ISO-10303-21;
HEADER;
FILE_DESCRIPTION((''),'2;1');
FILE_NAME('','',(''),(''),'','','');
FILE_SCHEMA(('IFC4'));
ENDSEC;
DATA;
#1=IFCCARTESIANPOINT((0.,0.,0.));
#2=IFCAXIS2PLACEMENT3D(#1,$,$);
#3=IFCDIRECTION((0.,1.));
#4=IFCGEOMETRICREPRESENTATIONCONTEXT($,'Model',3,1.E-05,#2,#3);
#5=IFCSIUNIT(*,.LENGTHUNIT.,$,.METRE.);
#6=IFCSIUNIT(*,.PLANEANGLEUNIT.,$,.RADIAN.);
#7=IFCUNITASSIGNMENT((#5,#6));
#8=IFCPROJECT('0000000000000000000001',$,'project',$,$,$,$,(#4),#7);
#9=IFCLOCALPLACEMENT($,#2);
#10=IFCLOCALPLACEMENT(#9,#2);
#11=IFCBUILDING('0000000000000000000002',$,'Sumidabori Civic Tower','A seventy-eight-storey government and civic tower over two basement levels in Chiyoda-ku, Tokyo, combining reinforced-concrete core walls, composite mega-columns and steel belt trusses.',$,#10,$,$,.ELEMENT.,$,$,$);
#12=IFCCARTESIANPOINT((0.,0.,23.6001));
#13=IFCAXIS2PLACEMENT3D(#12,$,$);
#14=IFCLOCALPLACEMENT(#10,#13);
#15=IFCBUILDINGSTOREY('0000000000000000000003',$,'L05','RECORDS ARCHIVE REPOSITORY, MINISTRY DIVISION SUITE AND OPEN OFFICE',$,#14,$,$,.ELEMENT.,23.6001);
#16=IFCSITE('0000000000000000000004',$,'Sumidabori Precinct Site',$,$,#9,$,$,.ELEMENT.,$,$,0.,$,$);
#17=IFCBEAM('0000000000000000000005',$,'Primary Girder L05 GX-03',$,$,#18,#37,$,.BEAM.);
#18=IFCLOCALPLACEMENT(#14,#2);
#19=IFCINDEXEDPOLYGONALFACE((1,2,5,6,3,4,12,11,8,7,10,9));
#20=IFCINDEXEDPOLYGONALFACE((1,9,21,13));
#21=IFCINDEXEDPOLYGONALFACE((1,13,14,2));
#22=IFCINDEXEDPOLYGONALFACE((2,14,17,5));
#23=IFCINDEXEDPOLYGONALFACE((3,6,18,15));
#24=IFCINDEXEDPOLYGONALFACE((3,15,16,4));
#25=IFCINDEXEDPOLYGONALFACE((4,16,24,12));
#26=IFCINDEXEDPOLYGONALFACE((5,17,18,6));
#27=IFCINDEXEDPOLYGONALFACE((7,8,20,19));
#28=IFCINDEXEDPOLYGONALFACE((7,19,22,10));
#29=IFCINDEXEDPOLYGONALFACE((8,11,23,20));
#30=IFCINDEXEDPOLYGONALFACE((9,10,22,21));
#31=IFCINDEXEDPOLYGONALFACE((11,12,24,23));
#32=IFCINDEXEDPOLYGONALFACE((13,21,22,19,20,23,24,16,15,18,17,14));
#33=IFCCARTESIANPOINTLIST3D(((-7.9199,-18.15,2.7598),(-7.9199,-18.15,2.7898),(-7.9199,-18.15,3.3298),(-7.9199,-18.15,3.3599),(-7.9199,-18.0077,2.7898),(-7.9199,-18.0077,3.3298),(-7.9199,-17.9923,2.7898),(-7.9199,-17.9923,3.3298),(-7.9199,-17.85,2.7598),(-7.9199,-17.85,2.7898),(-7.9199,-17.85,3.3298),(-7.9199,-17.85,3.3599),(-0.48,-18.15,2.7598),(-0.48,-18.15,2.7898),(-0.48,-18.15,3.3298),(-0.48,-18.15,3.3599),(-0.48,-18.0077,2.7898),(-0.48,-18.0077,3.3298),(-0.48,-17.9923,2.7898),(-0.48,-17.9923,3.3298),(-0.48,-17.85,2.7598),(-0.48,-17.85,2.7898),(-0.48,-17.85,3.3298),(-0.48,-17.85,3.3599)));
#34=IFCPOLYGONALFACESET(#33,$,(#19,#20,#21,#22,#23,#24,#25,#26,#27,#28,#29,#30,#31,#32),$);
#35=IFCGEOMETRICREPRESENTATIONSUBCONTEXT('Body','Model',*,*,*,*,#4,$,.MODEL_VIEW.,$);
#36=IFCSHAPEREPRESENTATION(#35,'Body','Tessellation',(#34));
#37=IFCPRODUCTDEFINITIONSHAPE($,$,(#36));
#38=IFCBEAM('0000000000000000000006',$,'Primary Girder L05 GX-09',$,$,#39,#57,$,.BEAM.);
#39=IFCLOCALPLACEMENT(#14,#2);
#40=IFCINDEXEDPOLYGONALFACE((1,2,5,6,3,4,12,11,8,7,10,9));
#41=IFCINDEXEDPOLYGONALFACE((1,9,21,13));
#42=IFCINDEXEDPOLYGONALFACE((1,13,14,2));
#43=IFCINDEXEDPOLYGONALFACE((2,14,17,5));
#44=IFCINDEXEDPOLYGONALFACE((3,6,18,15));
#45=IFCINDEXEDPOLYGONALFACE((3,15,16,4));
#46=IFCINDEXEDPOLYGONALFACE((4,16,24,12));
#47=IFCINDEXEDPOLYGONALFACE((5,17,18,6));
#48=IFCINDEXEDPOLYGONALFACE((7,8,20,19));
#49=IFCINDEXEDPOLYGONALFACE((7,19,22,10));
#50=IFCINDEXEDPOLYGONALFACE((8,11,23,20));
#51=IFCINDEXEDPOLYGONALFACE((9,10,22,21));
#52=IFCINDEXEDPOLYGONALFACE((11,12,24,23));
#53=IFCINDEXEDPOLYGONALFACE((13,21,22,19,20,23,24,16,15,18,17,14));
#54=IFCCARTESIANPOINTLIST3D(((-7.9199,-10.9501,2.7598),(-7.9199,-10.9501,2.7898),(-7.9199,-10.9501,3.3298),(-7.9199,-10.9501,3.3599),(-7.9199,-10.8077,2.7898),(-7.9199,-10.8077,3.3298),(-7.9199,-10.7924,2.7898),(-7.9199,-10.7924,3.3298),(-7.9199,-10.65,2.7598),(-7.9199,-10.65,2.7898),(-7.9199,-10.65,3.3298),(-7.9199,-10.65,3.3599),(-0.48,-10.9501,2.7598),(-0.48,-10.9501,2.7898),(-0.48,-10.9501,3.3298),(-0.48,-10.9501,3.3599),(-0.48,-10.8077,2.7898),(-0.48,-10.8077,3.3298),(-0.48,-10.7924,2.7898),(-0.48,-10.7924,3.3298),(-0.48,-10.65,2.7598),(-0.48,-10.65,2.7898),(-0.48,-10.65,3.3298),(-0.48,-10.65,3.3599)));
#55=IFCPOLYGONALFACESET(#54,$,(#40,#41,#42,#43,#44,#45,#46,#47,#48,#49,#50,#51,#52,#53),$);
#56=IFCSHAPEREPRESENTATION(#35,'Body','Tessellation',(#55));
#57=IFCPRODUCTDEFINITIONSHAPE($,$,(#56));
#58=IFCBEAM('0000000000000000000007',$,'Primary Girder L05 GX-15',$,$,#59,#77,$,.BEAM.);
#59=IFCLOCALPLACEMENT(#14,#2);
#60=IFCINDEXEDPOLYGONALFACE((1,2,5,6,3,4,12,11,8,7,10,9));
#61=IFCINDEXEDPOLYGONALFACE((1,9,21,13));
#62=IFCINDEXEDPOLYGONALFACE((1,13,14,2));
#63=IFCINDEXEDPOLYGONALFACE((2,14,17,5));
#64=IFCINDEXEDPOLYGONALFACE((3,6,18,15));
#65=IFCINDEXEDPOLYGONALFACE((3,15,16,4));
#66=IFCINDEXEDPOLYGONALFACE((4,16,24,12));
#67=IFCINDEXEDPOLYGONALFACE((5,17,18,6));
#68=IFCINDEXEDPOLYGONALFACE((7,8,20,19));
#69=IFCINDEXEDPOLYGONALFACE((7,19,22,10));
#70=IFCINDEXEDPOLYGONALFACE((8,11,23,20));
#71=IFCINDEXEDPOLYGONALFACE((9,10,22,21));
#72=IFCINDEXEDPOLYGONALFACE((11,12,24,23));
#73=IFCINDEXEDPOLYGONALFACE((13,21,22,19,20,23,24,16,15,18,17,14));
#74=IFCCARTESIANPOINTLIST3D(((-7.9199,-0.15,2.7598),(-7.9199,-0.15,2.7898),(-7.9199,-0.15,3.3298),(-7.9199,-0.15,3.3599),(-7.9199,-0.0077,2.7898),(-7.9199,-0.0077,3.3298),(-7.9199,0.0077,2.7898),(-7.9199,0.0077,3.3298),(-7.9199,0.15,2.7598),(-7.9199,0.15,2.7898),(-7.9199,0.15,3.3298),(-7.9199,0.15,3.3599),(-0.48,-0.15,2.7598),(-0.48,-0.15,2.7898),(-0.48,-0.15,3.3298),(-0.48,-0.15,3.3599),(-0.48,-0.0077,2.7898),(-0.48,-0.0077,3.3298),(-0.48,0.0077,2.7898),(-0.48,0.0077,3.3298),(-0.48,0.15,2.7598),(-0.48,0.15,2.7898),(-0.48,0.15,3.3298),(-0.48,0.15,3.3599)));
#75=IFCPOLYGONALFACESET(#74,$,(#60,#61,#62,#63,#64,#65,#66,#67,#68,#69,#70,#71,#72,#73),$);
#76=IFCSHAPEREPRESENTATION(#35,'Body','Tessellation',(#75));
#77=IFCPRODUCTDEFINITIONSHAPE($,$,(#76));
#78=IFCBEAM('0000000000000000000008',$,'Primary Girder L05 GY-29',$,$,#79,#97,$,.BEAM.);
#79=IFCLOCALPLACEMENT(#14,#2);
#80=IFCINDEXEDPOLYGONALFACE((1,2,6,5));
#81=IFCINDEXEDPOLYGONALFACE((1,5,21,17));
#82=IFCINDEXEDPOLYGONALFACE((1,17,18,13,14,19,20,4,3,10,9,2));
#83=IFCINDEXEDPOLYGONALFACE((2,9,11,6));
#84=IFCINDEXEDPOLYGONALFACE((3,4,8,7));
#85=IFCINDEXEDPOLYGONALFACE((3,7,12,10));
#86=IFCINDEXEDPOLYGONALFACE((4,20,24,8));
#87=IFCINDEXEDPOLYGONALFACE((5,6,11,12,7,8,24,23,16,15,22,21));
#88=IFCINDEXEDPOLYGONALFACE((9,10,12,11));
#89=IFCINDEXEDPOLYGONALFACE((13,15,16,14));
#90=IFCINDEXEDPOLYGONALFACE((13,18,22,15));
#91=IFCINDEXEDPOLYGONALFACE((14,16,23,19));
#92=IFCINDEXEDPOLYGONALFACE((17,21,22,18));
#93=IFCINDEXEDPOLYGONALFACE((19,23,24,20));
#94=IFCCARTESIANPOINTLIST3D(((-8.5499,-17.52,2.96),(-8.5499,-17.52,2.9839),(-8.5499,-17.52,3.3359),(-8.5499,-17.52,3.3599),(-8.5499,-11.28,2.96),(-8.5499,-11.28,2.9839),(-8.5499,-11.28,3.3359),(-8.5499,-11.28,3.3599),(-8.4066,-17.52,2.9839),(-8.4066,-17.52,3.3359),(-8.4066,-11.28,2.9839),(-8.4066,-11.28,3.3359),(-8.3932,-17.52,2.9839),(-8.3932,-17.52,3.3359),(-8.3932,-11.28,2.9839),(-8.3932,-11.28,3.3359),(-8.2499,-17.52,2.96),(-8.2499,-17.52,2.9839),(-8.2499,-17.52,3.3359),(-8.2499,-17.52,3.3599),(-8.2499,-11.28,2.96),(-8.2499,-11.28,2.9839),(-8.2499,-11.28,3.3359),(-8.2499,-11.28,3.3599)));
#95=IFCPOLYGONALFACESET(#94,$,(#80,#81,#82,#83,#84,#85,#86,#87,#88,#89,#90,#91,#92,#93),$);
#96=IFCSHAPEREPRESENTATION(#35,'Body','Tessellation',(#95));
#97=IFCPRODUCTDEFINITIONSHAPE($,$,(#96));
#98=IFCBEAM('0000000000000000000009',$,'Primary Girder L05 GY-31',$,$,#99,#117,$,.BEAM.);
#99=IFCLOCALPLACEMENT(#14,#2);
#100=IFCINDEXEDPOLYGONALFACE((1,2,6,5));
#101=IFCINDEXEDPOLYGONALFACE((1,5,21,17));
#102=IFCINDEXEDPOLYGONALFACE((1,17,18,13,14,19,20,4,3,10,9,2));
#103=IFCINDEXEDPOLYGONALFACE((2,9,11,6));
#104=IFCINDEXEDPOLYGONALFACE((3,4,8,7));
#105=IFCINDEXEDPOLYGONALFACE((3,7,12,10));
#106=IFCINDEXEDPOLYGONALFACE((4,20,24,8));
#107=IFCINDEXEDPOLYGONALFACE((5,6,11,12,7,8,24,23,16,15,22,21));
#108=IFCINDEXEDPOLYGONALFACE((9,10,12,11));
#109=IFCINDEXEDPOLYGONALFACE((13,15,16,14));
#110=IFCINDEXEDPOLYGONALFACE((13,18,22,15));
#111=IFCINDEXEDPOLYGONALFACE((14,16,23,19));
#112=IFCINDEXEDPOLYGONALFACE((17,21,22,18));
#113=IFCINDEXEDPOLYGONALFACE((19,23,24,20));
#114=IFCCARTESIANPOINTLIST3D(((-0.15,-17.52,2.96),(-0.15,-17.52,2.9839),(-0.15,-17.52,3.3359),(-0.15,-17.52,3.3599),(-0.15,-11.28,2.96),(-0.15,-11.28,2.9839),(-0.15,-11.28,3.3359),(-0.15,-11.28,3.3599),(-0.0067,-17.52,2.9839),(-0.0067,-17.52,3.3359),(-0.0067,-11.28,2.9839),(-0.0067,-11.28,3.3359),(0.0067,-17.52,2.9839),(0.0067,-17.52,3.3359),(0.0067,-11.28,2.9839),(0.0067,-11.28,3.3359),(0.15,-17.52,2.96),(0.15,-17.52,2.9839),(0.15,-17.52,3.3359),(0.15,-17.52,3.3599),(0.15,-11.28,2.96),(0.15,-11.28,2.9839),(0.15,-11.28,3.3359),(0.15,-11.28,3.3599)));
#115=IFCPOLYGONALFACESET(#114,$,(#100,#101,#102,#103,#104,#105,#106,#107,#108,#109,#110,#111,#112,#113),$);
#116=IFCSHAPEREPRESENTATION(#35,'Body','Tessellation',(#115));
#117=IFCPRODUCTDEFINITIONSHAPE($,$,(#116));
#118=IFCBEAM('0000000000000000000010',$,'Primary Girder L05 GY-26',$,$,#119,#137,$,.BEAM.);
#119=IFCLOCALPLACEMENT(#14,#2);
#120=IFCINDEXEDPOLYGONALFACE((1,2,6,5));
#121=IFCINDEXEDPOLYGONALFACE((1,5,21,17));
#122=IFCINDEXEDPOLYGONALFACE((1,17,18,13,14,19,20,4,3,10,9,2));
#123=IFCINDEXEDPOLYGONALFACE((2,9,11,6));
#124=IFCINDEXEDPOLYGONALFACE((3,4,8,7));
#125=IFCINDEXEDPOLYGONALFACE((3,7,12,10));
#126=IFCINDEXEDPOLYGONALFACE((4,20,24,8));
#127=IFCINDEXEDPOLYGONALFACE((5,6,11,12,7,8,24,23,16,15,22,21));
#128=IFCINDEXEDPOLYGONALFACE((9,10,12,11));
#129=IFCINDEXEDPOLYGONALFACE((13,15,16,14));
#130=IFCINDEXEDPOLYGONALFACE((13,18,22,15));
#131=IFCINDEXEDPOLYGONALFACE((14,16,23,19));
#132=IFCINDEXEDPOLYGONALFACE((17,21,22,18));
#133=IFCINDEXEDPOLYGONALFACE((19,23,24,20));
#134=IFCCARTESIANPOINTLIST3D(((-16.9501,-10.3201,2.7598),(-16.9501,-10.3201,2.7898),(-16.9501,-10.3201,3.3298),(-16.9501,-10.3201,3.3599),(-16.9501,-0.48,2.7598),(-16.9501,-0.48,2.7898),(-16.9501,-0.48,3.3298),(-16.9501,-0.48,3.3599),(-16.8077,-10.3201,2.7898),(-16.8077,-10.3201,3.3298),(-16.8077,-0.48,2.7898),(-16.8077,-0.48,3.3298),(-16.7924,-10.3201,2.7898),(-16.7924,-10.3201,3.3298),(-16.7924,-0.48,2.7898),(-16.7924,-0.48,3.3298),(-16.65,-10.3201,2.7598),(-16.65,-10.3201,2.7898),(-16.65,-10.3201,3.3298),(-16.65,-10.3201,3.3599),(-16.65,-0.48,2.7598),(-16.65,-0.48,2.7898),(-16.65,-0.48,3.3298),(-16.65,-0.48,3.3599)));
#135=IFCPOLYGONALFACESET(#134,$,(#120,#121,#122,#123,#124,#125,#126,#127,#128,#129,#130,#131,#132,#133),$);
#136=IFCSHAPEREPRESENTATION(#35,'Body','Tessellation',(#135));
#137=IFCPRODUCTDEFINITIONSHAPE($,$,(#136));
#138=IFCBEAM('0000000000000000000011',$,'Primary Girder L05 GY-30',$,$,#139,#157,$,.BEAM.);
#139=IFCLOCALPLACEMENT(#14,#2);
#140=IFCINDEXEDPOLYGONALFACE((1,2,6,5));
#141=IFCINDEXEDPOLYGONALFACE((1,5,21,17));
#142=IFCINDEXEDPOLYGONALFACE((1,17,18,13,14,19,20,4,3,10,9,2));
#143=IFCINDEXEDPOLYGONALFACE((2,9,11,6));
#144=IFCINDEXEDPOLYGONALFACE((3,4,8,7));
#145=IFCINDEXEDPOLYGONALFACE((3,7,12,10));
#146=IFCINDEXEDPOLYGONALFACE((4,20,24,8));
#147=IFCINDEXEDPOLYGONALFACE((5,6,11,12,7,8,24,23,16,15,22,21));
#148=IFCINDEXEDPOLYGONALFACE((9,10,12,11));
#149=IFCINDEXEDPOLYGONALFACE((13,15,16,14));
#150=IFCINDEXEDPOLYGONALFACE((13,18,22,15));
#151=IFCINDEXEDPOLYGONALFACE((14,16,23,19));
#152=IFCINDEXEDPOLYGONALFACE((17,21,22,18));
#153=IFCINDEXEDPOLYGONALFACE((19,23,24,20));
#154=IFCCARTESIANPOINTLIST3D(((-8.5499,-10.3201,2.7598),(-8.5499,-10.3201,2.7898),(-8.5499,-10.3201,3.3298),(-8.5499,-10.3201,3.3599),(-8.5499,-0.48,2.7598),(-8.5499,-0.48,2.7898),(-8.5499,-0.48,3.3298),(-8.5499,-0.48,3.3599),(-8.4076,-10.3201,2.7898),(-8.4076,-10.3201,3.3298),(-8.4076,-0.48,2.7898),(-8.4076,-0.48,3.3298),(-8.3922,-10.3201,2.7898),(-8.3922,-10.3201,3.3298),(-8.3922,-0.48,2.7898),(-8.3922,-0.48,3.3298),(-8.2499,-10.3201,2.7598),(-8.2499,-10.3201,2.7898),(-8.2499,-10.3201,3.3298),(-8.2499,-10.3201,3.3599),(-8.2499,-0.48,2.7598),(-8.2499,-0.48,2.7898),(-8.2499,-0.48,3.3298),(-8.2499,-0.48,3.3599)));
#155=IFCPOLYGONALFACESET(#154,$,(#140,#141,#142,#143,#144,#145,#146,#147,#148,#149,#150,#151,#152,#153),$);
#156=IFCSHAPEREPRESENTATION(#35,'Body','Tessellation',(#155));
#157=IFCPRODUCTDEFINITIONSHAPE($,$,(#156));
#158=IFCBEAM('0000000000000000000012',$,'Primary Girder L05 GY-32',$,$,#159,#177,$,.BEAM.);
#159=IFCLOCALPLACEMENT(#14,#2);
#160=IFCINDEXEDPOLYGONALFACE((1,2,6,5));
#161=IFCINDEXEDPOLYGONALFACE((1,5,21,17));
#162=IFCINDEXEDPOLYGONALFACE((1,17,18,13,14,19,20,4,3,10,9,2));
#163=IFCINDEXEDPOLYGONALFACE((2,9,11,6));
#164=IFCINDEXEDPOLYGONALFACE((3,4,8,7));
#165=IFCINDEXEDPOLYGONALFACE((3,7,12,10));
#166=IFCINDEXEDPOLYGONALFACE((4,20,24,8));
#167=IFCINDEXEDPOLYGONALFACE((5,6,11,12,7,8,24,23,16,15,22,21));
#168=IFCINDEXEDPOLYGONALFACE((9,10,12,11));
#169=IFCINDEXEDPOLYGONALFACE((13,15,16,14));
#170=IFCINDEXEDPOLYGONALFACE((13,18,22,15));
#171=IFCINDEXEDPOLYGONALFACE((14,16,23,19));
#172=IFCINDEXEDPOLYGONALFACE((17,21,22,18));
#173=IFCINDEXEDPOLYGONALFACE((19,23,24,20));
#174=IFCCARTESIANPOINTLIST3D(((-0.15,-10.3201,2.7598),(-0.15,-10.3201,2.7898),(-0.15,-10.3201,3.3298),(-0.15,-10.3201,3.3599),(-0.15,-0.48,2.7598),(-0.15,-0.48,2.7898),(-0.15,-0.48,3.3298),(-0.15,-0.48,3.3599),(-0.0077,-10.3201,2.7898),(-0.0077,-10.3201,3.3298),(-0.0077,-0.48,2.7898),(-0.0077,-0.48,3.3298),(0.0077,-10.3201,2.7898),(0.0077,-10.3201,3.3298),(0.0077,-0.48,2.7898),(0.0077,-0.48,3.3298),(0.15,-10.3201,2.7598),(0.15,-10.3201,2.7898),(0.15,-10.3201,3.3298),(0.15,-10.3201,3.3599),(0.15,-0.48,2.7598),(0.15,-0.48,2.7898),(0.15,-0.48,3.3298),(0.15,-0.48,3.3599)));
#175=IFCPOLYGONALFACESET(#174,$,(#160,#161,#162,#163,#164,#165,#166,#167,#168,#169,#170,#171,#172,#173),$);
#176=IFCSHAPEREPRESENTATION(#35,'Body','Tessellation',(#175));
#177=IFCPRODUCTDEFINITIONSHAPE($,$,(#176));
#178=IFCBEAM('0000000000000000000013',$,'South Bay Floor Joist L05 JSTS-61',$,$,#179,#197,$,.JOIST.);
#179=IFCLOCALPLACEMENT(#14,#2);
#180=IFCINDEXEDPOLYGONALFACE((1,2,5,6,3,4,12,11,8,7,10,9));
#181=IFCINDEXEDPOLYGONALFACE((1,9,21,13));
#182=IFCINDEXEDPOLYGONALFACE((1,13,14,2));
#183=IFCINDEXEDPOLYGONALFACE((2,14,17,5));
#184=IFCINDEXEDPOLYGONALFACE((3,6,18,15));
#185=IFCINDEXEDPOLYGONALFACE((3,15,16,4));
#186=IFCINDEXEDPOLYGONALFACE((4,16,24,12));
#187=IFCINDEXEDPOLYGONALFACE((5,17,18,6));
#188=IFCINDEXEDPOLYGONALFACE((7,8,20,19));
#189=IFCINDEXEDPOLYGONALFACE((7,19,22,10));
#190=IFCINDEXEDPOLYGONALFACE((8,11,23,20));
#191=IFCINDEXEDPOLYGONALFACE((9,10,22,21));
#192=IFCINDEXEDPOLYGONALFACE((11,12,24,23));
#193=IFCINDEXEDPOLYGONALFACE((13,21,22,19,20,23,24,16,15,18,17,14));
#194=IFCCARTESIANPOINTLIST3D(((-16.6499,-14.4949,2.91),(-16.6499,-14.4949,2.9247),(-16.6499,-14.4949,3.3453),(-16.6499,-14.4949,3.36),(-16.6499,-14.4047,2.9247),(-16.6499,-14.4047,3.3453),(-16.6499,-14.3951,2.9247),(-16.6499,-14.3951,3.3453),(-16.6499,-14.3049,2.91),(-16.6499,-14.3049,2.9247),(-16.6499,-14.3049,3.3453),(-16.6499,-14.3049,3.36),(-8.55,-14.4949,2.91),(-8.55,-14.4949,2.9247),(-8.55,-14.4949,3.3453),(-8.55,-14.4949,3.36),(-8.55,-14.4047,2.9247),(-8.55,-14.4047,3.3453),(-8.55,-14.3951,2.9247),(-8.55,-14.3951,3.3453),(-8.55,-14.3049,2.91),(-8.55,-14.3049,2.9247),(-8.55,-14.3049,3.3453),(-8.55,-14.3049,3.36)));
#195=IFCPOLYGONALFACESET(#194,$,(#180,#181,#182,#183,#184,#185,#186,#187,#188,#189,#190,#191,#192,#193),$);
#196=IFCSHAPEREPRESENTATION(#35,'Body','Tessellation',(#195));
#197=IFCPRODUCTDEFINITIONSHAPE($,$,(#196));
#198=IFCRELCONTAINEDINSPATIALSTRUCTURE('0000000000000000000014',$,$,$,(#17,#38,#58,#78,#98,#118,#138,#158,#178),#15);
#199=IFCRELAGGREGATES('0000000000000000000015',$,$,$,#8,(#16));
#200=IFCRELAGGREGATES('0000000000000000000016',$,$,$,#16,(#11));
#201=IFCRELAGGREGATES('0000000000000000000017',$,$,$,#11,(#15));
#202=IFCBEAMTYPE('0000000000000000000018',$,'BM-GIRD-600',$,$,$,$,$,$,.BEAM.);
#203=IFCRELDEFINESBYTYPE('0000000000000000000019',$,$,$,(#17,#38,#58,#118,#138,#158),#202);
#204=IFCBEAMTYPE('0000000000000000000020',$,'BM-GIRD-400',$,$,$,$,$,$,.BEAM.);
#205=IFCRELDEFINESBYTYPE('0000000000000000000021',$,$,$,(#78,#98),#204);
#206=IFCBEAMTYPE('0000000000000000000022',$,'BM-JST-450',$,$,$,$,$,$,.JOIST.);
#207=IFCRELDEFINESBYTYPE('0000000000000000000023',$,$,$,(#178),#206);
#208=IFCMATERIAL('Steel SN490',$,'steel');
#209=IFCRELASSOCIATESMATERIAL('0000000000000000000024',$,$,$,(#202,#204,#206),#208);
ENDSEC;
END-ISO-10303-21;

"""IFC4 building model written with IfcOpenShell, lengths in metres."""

from ifc_helpers import new_model, si_unit, direction, frame, origin, origin_2d, place, context, subcontext, project, spatial, i_section, extrude, source, transform, mapped, material, material_profile, profile_set, type_object, element, save


model = new_model("IFC4")

# Units and contexts
model_context = context("Model", 3, precision=1e-05, world=origin(), true_north=direction((0.0, 1.0)))
body_context = subcontext(model_context, "Body", "Model", "MODEL_VIEW")
ifc_project = project(units=[si_unit("LENGTHUNIT", "METRE"), si_unit("PLANEANGLEUNIT", "RADIAN")], contexts=[model_context])

# Site, building, storey
site_placement = place(None, origin())
site = spatial("IfcSite", under=ifc_project, at=site_placement, Name="Sumidabori Precinct Site", CompositionType="ELEMENT", RefElevation=0.0)
building_placement = place(site_placement, origin())
building = spatial("IfcBuilding", under=site, at=building_placement, Name="Sumidabori Civic Tower", Description="A seventy-eight-storey government and civic tower over two basement levels in Chiyoda-ku, Tokyo, combining reinforced-concrete core walls, composite mega-columns and steel belt trusses.", CompositionType="ELEMENT")
storey_placement = place(building_placement, frame((0.0, 0.0, 23.6001)))
storey = spatial("IfcBuildingStorey", under=building, at=storey_placement, Name="L05", Description="RECORDS ARCHIVE REPOSITORY, MINISTRY DIVISION SUITE AND OPEN OFFICE", CompositionType="ELEMENT", Elevation=23.6001)

# Beams
ifc_material_1 = material(Name="Steel SN490", Category="steel")
ifc_material_profile_1 = material_profile(ifc_material_1, i_section(OverallWidth=0.3, OverallDepth=0.6001, WebThickness=0.0154, FlangeThickness=0.03, at=origin_2d()), Name="HE 600 B")
ifc_profile_set_1 = profile_set([ifc_material_profile_1], Name="Steel SN490")
beam_type_1 = type_object("IfcBeamType", Name="BM-GIRD-600", PredefinedType="BEAM", material=ifc_profile_set_1)
shared_shape_1 = source(origin(), body_context, "Body", "SweptSolid", [
    extrude(i_section(OverallWidth=0.3, OverallDepth=0.6001, WebThickness=0.0154, FlangeThickness=0.03, at=origin_2d()), origin(), (0.0, 0.0, 1.0), 7.4399),
])
for number, where, z_axis, x_axis, name in (
    (1, (-7.9199, -18.0, 3.0598), (1.0, 0.0, 0.0), (0.0, 1.0, 0.0), "Primary Girder L05 GX-03"),
    (2, (-7.9199, -10.8, 3.0598), (1.0, 0.0, 0.0), (0.0, 1.0, 0.0), "Primary Girder L05 GX-09"),
    (3, (-7.9199, 0.0, 3.0598), (1.0, 0.0, 0.0), (0.0, 1.0, 0.0), "Primary Girder L05 GX-15"),
):
    element("IfcBeam", number, at=place(storey_placement, frame(where, z_axis=z_axis, x_axis=x_axis)), inside=storey, type_object=beam_type_1, Name=name, PredefinedType="BEAM", context=body_context, shape_type="MappedRepresentation", body=[
        mapped(shared_shape_1, transform((0.0, 0.0, 0.0), x_axis=(1.0, 0.0, 0.0), y_axis=(0.0, 1.0, 0.0), z_axis=(0.0, 0.0, 1.0), scale=1.0)),
    ])
ifc_material_profile_2 = material_profile(ifc_material_1, i_section(OverallWidth=0.3, OverallDepth=0.3999, WebThickness=0.0134, FlangeThickness=0.0239, at=origin_2d()), Name="HE 400 B")
ifc_profile_set_2 = profile_set([ifc_material_profile_2], Name="Steel SN490")
beam_type_2 = type_object("IfcBeamType", Name="BM-GIRD-400", PredefinedType="BEAM", material=ifc_profile_set_2)
shared_shape_2 = source(origin(), body_context, "Body", "SweptSolid", [
    extrude(i_section(OverallWidth=0.3, OverallDepth=0.3999, WebThickness=0.0134, FlangeThickness=0.0239, at=origin_2d()), origin(), (0.0, 0.0, 1.0), 6.24),
])
for number, where, z_axis, x_axis, name in (
    (4, (-8.3999, -17.52, 3.1599), (0.0, 1.0, 0.0), (-1.0, 0.0, 0.0), "Primary Girder L05 GY-29"),
    (5, (0.0, -17.52, 3.1599), (0.0, 1.0, 0.0), (-1.0, 0.0, 0.0), "Primary Girder L05 GY-31"),
):
    element("IfcBeam", number, at=place(storey_placement, frame(where, z_axis=z_axis, x_axis=x_axis)), inside=storey, type_object=beam_type_2, Name=name, PredefinedType="BEAM", context=body_context, shape_type="MappedRepresentation", body=[
        mapped(shared_shape_2, transform((0.0, 0.0, 0.0), x_axis=(1.0, 0.0, 0.0), y_axis=(0.0, 1.0, 0.0), z_axis=(0.0, 0.0, 1.0), scale=1.0)),
    ])
shared_shape_3 = source(origin(), body_context, "Body", "SweptSolid", [
    extrude(i_section(OverallWidth=0.3, OverallDepth=0.6001, WebThickness=0.0154, FlangeThickness=0.03, at=origin_2d()), origin(), (0.0, 0.0, 1.0), 9.8401),
])
for number, where, z_axis, x_axis, name in (
    (6, (-16.8, -10.3201, 3.0598), (0.0, 1.0, 0.0), (-1.0, 0.0, 0.0), "Primary Girder L05 GY-26"),
    (7, (-8.3999, -10.3201, 3.0598), (0.0, 1.0, 0.0), (-1.0, 0.0, 0.0), "Primary Girder L05 GY-30"),
    (8, (0.0, -10.3201, 3.0598), (0.0, 1.0, 0.0), (-1.0, 0.0, 0.0), "Primary Girder L05 GY-32"),
):
    element("IfcBeam", number, at=place(storey_placement, frame(where, z_axis=z_axis, x_axis=x_axis)), inside=storey, type_object=beam_type_1, Name=name, PredefinedType="BEAM", context=body_context, shape_type="MappedRepresentation", body=[
        mapped(shared_shape_3, transform((0.0, 0.0, 0.0), x_axis=(1.0, 0.0, 0.0), y_axis=(0.0, 1.0, 0.0), z_axis=(0.0, 0.0, 1.0), scale=1.0)),
    ])
ifc_material_profile_3 = material_profile(ifc_material_1, i_section(OverallWidth=0.1899, OverallDepth=0.45, WebThickness=0.0095, FlangeThickness=0.0146, at=origin_2d()), Name="IPE 450")
ifc_profile_set_3 = profile_set([ifc_material_profile_3], Name="Steel SN490")
beam_type_3 = type_object("IfcBeamType", Name="BM-JST-450", PredefinedType="JOIST", material=ifc_profile_set_3)
shared_shape_4 = source(origin(), body_context, "Body", "SweptSolid", [
    extrude(i_section(OverallWidth=0.1899, OverallDepth=0.45, WebThickness=0.0095, FlangeThickness=0.0146, at=origin_2d()), origin(), (0.0, 0.0, 1.0), 8.0999),
])
for number, where, z_axis, x_axis, name in (
    (9, (-16.6499, -14.3999, 3.135), (1.0, 0.0, 0.0), (0.0, 1.0, 0.0), "South Bay Floor Joist L05 JSTS-61"),
):
    element("IfcBeam", number, at=place(storey_placement, frame(where, z_axis=z_axis, x_axis=x_axis)), inside=storey, type_object=beam_type_3, Name=name, PredefinedType="JOIST", context=body_context, shape_type="MappedRepresentation", body=[
        mapped(shared_shape_4, transform((0.0, 0.0, 0.0), x_axis=(1.0, 0.0, 0.0), y_axis=(0.0, 1.0, 0.0), z_axis=(0.0, 0.0, 1.0), scale=1.0)),
    ])

save(model, "model.ifc")
